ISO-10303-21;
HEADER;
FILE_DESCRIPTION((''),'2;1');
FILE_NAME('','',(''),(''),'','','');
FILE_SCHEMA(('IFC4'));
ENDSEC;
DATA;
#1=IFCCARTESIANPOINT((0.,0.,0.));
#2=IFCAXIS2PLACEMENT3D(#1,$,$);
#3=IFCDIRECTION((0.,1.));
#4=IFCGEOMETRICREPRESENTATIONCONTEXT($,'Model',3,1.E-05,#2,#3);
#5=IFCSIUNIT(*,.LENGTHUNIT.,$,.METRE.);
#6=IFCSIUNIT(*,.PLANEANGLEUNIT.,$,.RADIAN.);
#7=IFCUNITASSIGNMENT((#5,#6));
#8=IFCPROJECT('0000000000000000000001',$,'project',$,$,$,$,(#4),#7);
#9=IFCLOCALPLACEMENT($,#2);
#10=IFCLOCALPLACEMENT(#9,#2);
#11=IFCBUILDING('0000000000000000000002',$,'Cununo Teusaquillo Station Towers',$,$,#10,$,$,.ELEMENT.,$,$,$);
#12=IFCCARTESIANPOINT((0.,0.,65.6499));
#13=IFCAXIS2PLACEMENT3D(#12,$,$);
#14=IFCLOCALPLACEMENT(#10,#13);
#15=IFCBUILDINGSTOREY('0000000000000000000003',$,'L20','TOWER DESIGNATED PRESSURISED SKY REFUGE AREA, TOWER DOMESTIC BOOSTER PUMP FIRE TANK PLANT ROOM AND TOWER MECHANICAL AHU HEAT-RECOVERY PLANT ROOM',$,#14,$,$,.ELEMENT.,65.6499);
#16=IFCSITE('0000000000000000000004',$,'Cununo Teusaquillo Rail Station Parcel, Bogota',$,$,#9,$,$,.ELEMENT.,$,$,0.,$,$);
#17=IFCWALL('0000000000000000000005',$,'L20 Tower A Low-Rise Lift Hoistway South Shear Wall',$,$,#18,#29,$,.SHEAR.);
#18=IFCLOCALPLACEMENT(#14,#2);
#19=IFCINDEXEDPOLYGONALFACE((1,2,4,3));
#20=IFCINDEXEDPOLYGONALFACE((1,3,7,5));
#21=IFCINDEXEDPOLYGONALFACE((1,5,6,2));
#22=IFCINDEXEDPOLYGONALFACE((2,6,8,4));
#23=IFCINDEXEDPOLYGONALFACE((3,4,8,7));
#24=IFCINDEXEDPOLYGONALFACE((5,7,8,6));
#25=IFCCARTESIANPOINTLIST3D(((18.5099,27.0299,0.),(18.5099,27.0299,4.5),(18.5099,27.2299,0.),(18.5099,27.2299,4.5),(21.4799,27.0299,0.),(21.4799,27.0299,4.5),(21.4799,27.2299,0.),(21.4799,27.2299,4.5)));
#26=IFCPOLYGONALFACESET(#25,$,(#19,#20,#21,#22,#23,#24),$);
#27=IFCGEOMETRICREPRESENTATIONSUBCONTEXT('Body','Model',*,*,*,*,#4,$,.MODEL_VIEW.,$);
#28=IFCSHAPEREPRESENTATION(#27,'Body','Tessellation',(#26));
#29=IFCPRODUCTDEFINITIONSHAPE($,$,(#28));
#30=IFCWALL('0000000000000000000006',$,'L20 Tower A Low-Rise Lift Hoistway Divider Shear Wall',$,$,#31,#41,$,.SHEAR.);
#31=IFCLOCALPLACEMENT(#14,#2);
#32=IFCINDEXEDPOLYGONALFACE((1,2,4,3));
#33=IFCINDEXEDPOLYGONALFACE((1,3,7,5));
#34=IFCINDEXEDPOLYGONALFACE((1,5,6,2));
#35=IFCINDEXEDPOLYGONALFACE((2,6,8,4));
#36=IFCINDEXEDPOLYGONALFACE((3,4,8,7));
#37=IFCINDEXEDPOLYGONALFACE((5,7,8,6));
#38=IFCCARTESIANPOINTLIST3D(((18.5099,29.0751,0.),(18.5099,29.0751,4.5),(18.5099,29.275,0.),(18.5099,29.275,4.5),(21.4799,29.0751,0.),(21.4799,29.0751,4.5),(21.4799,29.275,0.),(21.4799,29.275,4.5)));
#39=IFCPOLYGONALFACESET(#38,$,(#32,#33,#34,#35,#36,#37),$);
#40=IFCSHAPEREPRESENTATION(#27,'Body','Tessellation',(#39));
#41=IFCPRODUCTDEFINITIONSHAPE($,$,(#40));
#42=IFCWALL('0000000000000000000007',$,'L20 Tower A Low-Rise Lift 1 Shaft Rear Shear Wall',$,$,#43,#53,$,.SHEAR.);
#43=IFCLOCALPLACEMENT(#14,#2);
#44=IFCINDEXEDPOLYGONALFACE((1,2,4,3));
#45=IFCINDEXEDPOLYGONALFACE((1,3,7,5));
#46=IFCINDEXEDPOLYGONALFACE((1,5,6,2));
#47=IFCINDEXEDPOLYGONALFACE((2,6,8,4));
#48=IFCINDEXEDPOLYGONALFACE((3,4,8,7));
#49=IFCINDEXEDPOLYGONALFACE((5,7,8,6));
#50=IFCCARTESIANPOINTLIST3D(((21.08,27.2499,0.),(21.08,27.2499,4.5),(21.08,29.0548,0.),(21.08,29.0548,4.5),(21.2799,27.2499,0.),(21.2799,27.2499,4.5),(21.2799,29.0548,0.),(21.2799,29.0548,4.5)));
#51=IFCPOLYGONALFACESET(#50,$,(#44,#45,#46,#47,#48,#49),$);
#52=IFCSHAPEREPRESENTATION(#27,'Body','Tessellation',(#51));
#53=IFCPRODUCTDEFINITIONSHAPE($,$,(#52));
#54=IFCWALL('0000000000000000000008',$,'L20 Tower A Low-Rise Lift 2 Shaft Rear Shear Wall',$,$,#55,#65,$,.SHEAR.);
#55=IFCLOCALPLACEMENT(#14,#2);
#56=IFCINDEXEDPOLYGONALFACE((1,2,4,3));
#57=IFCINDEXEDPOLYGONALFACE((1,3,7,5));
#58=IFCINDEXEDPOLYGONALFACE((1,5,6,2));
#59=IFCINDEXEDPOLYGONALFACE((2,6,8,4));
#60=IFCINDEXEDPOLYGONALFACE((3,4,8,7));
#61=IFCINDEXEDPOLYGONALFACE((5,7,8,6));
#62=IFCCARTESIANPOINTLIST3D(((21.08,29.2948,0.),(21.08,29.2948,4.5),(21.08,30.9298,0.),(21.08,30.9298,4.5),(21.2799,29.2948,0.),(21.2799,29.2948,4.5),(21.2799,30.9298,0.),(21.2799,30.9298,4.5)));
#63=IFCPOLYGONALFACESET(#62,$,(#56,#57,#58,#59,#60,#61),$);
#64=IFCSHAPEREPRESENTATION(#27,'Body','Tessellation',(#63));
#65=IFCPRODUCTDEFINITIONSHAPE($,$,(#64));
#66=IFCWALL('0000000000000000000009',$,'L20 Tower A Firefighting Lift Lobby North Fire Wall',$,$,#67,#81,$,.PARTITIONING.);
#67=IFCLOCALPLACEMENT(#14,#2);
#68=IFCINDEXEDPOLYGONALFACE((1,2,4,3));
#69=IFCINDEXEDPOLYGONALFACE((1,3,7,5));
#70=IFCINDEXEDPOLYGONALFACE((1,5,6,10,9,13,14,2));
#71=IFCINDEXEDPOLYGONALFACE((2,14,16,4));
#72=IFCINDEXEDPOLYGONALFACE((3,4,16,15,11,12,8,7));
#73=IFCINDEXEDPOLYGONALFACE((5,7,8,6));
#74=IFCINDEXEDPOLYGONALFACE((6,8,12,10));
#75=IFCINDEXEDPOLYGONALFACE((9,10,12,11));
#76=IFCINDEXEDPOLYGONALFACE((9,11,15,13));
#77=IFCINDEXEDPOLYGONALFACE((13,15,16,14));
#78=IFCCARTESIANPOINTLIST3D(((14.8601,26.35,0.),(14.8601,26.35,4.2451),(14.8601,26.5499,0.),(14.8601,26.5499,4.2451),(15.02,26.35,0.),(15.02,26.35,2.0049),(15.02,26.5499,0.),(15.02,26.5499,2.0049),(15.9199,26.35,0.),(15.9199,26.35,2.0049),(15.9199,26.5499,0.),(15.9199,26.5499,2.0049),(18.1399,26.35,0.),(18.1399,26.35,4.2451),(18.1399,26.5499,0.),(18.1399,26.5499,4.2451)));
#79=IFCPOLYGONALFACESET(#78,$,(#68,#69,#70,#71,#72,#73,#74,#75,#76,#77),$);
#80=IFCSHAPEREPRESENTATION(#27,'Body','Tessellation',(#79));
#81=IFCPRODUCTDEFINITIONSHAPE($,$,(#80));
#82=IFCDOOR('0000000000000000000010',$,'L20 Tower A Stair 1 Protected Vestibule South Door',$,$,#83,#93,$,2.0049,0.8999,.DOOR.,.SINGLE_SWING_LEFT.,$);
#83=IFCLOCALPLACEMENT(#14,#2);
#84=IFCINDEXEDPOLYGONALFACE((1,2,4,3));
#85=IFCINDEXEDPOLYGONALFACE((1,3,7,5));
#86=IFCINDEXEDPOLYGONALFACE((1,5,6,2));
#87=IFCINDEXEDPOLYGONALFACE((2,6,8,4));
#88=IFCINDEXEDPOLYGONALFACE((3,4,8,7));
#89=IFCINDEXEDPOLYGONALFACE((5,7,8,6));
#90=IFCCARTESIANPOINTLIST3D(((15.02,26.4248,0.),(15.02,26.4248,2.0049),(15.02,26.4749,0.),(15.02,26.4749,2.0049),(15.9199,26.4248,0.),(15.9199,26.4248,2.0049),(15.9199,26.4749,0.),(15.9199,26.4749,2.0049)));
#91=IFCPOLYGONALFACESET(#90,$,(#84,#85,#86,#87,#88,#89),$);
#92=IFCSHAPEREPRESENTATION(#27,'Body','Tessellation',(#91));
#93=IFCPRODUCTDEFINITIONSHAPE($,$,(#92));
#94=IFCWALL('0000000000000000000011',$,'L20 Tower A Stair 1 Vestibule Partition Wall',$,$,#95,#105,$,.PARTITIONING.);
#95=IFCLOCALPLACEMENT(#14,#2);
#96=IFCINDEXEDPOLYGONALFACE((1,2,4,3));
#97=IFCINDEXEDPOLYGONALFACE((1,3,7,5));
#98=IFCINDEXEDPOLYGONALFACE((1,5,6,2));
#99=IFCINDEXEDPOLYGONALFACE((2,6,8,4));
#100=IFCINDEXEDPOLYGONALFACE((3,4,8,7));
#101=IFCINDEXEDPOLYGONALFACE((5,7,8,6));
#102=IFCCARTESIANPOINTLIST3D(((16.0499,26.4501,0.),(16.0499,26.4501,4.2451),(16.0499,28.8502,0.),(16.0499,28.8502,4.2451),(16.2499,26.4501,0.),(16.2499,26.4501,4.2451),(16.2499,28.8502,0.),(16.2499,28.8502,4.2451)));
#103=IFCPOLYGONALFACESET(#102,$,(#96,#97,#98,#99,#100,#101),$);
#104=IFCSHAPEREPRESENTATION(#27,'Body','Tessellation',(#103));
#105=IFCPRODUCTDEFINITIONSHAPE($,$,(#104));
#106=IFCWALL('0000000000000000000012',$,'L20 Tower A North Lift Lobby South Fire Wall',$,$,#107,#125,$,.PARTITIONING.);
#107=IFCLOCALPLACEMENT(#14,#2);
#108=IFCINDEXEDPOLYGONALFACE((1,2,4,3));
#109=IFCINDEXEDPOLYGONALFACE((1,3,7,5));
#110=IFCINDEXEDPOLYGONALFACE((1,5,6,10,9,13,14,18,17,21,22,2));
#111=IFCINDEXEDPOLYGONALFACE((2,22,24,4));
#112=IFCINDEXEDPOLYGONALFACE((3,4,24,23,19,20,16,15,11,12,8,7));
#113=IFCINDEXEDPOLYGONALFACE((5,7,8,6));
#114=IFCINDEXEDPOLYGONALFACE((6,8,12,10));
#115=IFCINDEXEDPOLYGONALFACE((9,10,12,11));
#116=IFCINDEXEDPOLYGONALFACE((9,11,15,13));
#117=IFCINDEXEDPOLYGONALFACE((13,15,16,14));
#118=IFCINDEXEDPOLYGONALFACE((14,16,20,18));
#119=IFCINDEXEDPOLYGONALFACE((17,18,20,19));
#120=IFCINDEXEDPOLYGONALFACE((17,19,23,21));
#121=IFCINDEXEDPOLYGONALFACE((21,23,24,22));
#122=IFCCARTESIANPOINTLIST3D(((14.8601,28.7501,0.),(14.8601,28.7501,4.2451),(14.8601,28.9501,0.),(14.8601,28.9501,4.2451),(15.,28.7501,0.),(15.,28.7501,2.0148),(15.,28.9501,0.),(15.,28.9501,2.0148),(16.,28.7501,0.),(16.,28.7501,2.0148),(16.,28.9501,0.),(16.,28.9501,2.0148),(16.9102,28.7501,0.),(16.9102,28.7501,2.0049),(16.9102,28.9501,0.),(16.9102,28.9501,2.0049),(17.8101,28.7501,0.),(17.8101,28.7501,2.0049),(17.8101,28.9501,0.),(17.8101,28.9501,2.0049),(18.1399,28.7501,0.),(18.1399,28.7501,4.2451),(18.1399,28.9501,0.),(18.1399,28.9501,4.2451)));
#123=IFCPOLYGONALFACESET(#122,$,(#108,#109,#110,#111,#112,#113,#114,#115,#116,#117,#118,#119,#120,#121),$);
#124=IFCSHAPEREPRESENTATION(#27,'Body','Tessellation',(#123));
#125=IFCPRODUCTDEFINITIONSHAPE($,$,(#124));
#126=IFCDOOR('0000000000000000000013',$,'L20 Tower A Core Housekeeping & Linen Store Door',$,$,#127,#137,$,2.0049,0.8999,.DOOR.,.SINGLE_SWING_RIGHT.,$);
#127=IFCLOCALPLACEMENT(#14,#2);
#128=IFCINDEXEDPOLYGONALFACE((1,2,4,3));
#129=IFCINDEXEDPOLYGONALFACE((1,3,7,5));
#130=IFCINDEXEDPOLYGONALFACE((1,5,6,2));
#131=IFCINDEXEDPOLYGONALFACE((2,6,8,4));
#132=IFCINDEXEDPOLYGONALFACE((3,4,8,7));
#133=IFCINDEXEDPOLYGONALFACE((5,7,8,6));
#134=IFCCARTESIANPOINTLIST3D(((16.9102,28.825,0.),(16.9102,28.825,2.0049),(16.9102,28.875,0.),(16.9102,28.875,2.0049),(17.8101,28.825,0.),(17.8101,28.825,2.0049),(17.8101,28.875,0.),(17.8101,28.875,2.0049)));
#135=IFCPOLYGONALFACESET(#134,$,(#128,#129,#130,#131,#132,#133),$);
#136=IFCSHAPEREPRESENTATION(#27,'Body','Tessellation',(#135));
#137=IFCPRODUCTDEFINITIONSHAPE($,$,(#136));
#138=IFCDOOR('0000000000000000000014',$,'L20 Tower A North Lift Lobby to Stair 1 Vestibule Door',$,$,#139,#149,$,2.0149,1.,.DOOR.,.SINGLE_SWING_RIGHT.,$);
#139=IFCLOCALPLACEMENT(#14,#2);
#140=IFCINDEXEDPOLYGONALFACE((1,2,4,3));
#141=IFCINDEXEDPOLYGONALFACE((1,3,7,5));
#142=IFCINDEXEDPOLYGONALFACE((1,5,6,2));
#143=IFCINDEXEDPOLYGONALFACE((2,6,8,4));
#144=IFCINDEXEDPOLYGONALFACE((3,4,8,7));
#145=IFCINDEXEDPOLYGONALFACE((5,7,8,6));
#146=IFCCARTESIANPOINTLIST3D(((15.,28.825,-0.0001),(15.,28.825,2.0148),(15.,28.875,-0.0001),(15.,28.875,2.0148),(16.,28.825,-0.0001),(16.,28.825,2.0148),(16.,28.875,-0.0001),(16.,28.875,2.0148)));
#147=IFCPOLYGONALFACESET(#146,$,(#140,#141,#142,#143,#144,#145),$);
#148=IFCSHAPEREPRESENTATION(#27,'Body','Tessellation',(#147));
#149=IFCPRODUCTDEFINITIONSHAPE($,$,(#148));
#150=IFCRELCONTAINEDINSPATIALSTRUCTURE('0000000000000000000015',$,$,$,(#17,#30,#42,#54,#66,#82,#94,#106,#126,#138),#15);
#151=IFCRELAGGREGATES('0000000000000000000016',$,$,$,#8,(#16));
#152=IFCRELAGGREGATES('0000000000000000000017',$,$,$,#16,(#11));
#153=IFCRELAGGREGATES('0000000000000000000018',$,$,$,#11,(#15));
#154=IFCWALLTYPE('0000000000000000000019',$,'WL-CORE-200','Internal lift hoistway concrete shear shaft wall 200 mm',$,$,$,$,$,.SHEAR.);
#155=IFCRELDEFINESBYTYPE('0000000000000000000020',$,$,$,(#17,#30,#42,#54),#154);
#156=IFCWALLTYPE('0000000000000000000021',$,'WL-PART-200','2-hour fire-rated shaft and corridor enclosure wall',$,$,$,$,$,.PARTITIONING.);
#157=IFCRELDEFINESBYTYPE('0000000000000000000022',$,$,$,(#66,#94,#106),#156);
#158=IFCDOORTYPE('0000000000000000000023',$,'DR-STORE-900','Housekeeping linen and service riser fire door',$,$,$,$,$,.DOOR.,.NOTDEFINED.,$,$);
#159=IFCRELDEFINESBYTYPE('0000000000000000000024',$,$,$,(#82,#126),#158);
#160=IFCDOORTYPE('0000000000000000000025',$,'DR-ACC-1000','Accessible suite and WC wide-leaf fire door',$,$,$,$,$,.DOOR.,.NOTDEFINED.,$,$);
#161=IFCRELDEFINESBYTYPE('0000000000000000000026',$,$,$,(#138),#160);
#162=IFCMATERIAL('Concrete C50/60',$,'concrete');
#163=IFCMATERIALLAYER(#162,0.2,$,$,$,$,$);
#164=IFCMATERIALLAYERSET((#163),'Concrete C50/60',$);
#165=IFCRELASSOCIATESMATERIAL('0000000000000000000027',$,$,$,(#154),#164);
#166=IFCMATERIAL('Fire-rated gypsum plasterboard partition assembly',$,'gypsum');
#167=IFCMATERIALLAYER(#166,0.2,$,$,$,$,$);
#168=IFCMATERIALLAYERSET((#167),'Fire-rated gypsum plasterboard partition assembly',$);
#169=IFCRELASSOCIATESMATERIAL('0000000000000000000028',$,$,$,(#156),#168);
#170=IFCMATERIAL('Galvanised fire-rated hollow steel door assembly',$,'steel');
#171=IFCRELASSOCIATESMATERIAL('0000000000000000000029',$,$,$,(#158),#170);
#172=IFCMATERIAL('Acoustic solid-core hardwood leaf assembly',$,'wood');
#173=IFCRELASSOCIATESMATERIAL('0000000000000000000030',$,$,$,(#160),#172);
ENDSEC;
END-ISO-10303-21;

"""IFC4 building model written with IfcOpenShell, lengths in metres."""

from ifc_helpers import new_model, si_unit, direction, frame, frame_2d, origin, place, context, subcontext, project, spatial, rectangle, extrude, source, transform, mapped, material, layer, layer_set, type_object, element, fill, save


model = new_model("IFC4")

# Units and contexts
model_context = context("Model", 3, precision=1e-05, world=origin(), true_north=direction((0.0, 1.0)))
body_context = subcontext(model_context, "Body", "Model", "MODEL_VIEW")
ifc_project = project(units=[si_unit("LENGTHUNIT", "METRE"), si_unit("PLANEANGLEUNIT", "RADIAN")], contexts=[model_context])

# Site, building, storey
site_placement = place(None, origin())
site = spatial("IfcSite", under=ifc_project, at=site_placement, Name="Cununo Teusaquillo Rail Station Parcel, Bogota", CompositionType="ELEMENT", RefElevation=0.0)
building_placement = place(site_placement, origin())
building = spatial("IfcBuilding", under=site, at=building_placement, Name="Cununo Teusaquillo Station Towers", CompositionType="ELEMENT")
storey_placement = place(building_placement, frame((0.0, 0.0, 65.6499)))
storey = spatial("IfcBuildingStorey", under=building, at=storey_placement, Name="L20", Description="TOWER DESIGNATED PRESSURISED SKY REFUGE AREA, TOWER DOMESTIC BOOSTER PUMP FIRE TANK PLANT ROOM AND TOWER MECHANICAL AHU HEAT-RECOVERY PLANT ROOM", CompositionType="ELEMENT", Elevation=65.6499)

# Walls
ifc_material_1 = material(Name="Concrete C50/60", Category="concrete")
ifc_layer_1 = layer(ifc_material_1, 0.2)
ifc_layer_set_1 = layer_set([ifc_layer_1], Name="Concrete C50/60")
wall_type_1 = type_object("IfcWallType", Name="WL-CORE-200", Description="Internal lift hoistway concrete shear shaft wall 200 mm", PredefinedType="SHEAR", material=ifc_layer_set_1)
for number, where, z_axis, x_axis, name in (
    (1, (18.51, 27.1299, 0.0), (0.0, 0.0, 1.0), (1.0, 0.0, 0.0), "L20 Tower A Low-Rise Lift Hoistway South Shear Wall"),
    (2, (18.51, 29.175, 0.0), (0.0, 0.0, 1.0), (1.0, 0.0, 0.0), "L20 Tower A Low-Rise Lift Hoistway Divider Shear Wall"),
):
    element("IfcWall", number, at=place(storey_placement, frame(where, z_axis=z_axis, x_axis=x_axis)), inside=storey, type_object=wall_type_1, Name=name, PredefinedType="SHEAR", context=body_context, shape_type="SweptSolid", body=[
        extrude(rectangle(XDim=2.97, YDim=0.2, at=frame_2d((1.4849, 0.0))), origin(), (0.0, 0.0, 1.0), 4.5),
    ])
wall_1_placement = place(storey_placement, frame((21.1799, 27.25, 0.0), z_axis=(0.0, 0.0, 1.0), x_axis=(0.0, 1.0, 0.0)))
element("IfcWall", 3, at=wall_1_placement, inside=storey, type_object=wall_type_1, Name="L20 Tower A Low-Rise Lift 1 Shaft Rear Shear Wall", PredefinedType="SHEAR", context=body_context, shape_type="SweptSolid", body=[
    extrude(rectangle(XDim=1.8049, YDim=0.2, at=frame_2d((0.9023, 0.0))), origin(), (0.0, 0.0, 1.0), 4.5),
])
wall_2_placement = place(storey_placement, frame((21.1799, 29.2949, 0.0), z_axis=(0.0, 0.0, 1.0), x_axis=(0.0, 1.0, 0.0)))
element("IfcWall", 4, at=wall_2_placement, inside=storey, type_object=wall_type_1, Name="L20 Tower A Low-Rise Lift 2 Shaft Rear Shear Wall", PredefinedType="SHEAR", context=body_context, shape_type="SweptSolid", body=[
    extrude(rectangle(XDim=1.635, YDim=0.2, at=frame_2d((0.8174, 0.0))), origin(), (0.0, 0.0, 1.0), 4.5),
])

# Wall, opening, door
ifc_material_2 = material(Name="Fire-rated gypsum plasterboard partition assembly", Category="gypsum")
ifc_layer_2 = layer(ifc_material_2, 0.2)
ifc_layer_set_2 = layer_set([ifc_layer_2], Name="Fire-rated gypsum plasterboard partition assembly")
wall_type_2 = type_object("IfcWallType", Name="WL-PART-200", Description="2-hour fire-rated shaft and corridor enclosure wall", PredefinedType="PARTITIONING", material=ifc_layer_set_2)
wall_3_placement = place(storey_placement, frame((14.8601, 26.45, 0.0), z_axis=(0.0, 0.0, 1.0), x_axis=(1.0, 0.0, 0.0)))
wall_3 = element("IfcWall", 5, at=wall_3_placement, inside=storey, type_object=wall_type_2, Name="L20 Tower A Firefighting Lift Lobby North Fire Wall", PredefinedType="PARTITIONING", context=body_context, shape_type="SweptSolid", body=[
    extrude(rectangle(XDim=3.2798, YDim=0.2, at=frame_2d((1.6399, 0.0))), origin(), (0.0, 0.0, 1.0), 4.2451),
])
shared_shape_1 = source(origin(), body_context, "Body", "SweptSolid", [
    extrude(rectangle(XDim=0.8999, YDim=2.0049, at=frame_2d((0.45, 1.0024))), frame((0.0, 0.1099, 0.0), z_axis=(0.0, -1.0, 0.0), x_axis=(1.0, 0.0, 0.0)), (0.0, 0.0, 1.0), 0.22),
])
opening_1_placement = place(wall_3_placement, frame((0.1599, 0.0, 0.0)))
opening_1 = element("IfcOpeningElement", 6, at=opening_1_placement, cuts=wall_3, PredefinedType="OPENING", context=body_context, shape_type="MappedRepresentation", body=[
    mapped(shared_shape_1, transform((0.0, 0.0, 0.0), x_axis=(1.0, 0.0, 0.0), y_axis=(0.0, 1.0, 0.0), z_axis=(0.0, 0.0, 1.0), scale=1.0)),
])
ifc_material_3 = material(Name="Galvanised fire-rated hollow steel door assembly", Category="steel")
door_type_1 = type_object("IfcDoorType", Name="DR-STORE-900", Description="Housekeeping linen and service riser fire door", OperationType="NOTDEFINED", PredefinedType="DOOR", material=ifc_material_3)
shared_shape_2 = source(origin(), body_context, "Body", "SweptSolid", [
    extrude(rectangle(XDim=0.8999, YDim=2.0049, at=frame_2d((0.45, 1.0024))), frame((0.0, 0.0249, 0.0), z_axis=(0.0, -1.0, 0.0), x_axis=(1.0, 0.0, 0.0)), (0.0, 0.0, 1.0), 0.05),
])
door_1_placement = place(opening_1_placement, origin())
door_1 = element("IfcDoor", 7, at=door_1_placement, inside=storey, type_object=door_type_1, Name="L20 Tower A Stair 1 Protected Vestibule South Door", OperationType="SINGLE_SWING_LEFT", OverallHeight=2.0049, OverallWidth=0.8999, PredefinedType="DOOR", context=body_context, shape_type="MappedRepresentation", body=[
    mapped(shared_shape_2, transform((0.0, 0.0, 0.0), x_axis=(1.0, 0.0, 0.0), y_axis=(0.0, 1.0, 0.0), z_axis=(0.0, 0.0, 1.0), scale=1.0)),
])
fill(opening_1, door_1)

# Wall
wall_4_placement = place(storey_placement, frame((16.1499, 26.45, 0.0), z_axis=(0.0, 0.0, 1.0), x_axis=(0.0, 1.0, 0.0)))
element("IfcWall", 8, at=wall_4_placement, inside=storey, type_object=wall_type_2, Name="L20 Tower A Stair 1 Vestibule Partition Wall", PredefinedType="PARTITIONING", context=body_context, shape_type="SweptSolid", body=[
    extrude(rectangle(XDim=2.4001, YDim=0.2, at=frame_2d((1.2002, 0.0))), origin(), (0.0, 0.0, 1.0), 4.2451),
])

# Wall, openings, doors
wall_5_placement = place(storey_placement, frame((14.8601, 28.8501, 0.0), z_axis=(0.0, 0.0, 1.0), x_axis=(1.0, 0.0, 0.0)))
wall_5 = element("IfcWall", 9, at=wall_5_placement, inside=storey, type_object=wall_type_2, Name="L20 Tower A North Lift Lobby South Fire Wall", PredefinedType="PARTITIONING", context=body_context, shape_type="SweptSolid", body=[
    extrude(rectangle(XDim=3.2798, YDim=0.2, at=frame_2d((1.6399, 0.0))), origin(), (0.0, 0.0, 1.0), 4.2451),
])
shared_shape_3 = source(origin(), body_context, "Body", "SweptSolid", [
    extrude(rectangle(XDim=1.0, YDim=2.0149, at=frame_2d((0.5, 1.0073))), frame((0.0, 0.1099, 0.0), z_axis=(0.0, -1.0, 0.0), x_axis=(1.0, 0.0, 0.0)), (0.0, 0.0, 1.0), 0.22),
])
opening_2_placement = place(wall_5_placement, frame((0.1399, 0.0, 0.0)))
opening_2 = element("IfcOpeningElement", 10, at=opening_2_placement, cuts=wall_5, PredefinedType="OPENING", context=body_context, shape_type="MappedRepresentation", body=[
    mapped(shared_shape_3, transform((0.0, 0.0, 0.0), x_axis=(1.0, 0.0, 0.0), y_axis=(0.0, 1.0, 0.0), z_axis=(0.0, 0.0, 1.0), scale=1.0)),
])
opening_3_placement = place(wall_5_placement, frame((2.05, 0.0, 0.0)))
opening_3 = element("IfcOpeningElement", 11, at=opening_3_placement, cuts=wall_5, PredefinedType="OPENING", context=body_context, shape_type="MappedRepresentation", body=[
    mapped(shared_shape_1, transform((0.0, 0.0, 0.0), x_axis=(1.0, 0.0, 0.0), y_axis=(0.0, 1.0, 0.0), z_axis=(0.0, 0.0, 1.0), scale=1.0)),
])
door_2_placement = place(opening_3_placement, origin())
door_2 = element("IfcDoor", 12, at=door_2_placement, inside=storey, type_object=door_type_1, Name="L20 Tower A Core Housekeeping & Linen Store Door", OperationType="SINGLE_SWING_RIGHT", OverallHeight=2.0049, OverallWidth=0.8999, PredefinedType="DOOR", context=body_context, shape_type="MappedRepresentation", body=[
    mapped(shared_shape_2, transform((0.0, 0.0, 0.0), x_axis=(1.0, 0.0, 0.0), y_axis=(0.0, 1.0, 0.0), z_axis=(0.0, 0.0, 1.0), scale=1.0)),
])
fill(opening_3, door_2)
ifc_material_4 = material(Name="Acoustic solid-core hardwood leaf assembly", Category="wood")
door_type_2 = type_object("IfcDoorType", Name="DR-ACC-1000", Description="Accessible suite and WC wide-leaf fire door", OperationType="NOTDEFINED", PredefinedType="DOOR", material=ifc_material_4)
shared_shape_4 = source(origin(), body_context, "Body", "SweptSolid", [
    extrude(rectangle(XDim=1.0, YDim=2.0149, at=frame_2d((0.5, 1.0073))), frame((0.0, 0.0249, 0.0), z_axis=(0.0, -1.0, 0.0), x_axis=(1.0, 0.0, 0.0)), (0.0, 0.0, 1.0), 0.05),
])
door_3_placement = place(opening_2_placement, origin())
door_3 = element("IfcDoor", 13, at=door_3_placement, inside=storey, type_object=door_type_2, Name="L20 Tower A North Lift Lobby to Stair 1 Vestibule Door", OperationType="SINGLE_SWING_RIGHT", OverallHeight=2.0149, OverallWidth=1.0, PredefinedType="DOOR", context=body_context, shape_type="MappedRepresentation", body=[
    mapped(shared_shape_4, transform((0.0, 0.0, 0.0), x_axis=(1.0, 0.0, 0.0), y_axis=(0.0, 1.0, 0.0), z_axis=(0.0, 0.0, 1.0), scale=1.0)),
])
fill(opening_2, door_3)

save(model, "model.ifc")
